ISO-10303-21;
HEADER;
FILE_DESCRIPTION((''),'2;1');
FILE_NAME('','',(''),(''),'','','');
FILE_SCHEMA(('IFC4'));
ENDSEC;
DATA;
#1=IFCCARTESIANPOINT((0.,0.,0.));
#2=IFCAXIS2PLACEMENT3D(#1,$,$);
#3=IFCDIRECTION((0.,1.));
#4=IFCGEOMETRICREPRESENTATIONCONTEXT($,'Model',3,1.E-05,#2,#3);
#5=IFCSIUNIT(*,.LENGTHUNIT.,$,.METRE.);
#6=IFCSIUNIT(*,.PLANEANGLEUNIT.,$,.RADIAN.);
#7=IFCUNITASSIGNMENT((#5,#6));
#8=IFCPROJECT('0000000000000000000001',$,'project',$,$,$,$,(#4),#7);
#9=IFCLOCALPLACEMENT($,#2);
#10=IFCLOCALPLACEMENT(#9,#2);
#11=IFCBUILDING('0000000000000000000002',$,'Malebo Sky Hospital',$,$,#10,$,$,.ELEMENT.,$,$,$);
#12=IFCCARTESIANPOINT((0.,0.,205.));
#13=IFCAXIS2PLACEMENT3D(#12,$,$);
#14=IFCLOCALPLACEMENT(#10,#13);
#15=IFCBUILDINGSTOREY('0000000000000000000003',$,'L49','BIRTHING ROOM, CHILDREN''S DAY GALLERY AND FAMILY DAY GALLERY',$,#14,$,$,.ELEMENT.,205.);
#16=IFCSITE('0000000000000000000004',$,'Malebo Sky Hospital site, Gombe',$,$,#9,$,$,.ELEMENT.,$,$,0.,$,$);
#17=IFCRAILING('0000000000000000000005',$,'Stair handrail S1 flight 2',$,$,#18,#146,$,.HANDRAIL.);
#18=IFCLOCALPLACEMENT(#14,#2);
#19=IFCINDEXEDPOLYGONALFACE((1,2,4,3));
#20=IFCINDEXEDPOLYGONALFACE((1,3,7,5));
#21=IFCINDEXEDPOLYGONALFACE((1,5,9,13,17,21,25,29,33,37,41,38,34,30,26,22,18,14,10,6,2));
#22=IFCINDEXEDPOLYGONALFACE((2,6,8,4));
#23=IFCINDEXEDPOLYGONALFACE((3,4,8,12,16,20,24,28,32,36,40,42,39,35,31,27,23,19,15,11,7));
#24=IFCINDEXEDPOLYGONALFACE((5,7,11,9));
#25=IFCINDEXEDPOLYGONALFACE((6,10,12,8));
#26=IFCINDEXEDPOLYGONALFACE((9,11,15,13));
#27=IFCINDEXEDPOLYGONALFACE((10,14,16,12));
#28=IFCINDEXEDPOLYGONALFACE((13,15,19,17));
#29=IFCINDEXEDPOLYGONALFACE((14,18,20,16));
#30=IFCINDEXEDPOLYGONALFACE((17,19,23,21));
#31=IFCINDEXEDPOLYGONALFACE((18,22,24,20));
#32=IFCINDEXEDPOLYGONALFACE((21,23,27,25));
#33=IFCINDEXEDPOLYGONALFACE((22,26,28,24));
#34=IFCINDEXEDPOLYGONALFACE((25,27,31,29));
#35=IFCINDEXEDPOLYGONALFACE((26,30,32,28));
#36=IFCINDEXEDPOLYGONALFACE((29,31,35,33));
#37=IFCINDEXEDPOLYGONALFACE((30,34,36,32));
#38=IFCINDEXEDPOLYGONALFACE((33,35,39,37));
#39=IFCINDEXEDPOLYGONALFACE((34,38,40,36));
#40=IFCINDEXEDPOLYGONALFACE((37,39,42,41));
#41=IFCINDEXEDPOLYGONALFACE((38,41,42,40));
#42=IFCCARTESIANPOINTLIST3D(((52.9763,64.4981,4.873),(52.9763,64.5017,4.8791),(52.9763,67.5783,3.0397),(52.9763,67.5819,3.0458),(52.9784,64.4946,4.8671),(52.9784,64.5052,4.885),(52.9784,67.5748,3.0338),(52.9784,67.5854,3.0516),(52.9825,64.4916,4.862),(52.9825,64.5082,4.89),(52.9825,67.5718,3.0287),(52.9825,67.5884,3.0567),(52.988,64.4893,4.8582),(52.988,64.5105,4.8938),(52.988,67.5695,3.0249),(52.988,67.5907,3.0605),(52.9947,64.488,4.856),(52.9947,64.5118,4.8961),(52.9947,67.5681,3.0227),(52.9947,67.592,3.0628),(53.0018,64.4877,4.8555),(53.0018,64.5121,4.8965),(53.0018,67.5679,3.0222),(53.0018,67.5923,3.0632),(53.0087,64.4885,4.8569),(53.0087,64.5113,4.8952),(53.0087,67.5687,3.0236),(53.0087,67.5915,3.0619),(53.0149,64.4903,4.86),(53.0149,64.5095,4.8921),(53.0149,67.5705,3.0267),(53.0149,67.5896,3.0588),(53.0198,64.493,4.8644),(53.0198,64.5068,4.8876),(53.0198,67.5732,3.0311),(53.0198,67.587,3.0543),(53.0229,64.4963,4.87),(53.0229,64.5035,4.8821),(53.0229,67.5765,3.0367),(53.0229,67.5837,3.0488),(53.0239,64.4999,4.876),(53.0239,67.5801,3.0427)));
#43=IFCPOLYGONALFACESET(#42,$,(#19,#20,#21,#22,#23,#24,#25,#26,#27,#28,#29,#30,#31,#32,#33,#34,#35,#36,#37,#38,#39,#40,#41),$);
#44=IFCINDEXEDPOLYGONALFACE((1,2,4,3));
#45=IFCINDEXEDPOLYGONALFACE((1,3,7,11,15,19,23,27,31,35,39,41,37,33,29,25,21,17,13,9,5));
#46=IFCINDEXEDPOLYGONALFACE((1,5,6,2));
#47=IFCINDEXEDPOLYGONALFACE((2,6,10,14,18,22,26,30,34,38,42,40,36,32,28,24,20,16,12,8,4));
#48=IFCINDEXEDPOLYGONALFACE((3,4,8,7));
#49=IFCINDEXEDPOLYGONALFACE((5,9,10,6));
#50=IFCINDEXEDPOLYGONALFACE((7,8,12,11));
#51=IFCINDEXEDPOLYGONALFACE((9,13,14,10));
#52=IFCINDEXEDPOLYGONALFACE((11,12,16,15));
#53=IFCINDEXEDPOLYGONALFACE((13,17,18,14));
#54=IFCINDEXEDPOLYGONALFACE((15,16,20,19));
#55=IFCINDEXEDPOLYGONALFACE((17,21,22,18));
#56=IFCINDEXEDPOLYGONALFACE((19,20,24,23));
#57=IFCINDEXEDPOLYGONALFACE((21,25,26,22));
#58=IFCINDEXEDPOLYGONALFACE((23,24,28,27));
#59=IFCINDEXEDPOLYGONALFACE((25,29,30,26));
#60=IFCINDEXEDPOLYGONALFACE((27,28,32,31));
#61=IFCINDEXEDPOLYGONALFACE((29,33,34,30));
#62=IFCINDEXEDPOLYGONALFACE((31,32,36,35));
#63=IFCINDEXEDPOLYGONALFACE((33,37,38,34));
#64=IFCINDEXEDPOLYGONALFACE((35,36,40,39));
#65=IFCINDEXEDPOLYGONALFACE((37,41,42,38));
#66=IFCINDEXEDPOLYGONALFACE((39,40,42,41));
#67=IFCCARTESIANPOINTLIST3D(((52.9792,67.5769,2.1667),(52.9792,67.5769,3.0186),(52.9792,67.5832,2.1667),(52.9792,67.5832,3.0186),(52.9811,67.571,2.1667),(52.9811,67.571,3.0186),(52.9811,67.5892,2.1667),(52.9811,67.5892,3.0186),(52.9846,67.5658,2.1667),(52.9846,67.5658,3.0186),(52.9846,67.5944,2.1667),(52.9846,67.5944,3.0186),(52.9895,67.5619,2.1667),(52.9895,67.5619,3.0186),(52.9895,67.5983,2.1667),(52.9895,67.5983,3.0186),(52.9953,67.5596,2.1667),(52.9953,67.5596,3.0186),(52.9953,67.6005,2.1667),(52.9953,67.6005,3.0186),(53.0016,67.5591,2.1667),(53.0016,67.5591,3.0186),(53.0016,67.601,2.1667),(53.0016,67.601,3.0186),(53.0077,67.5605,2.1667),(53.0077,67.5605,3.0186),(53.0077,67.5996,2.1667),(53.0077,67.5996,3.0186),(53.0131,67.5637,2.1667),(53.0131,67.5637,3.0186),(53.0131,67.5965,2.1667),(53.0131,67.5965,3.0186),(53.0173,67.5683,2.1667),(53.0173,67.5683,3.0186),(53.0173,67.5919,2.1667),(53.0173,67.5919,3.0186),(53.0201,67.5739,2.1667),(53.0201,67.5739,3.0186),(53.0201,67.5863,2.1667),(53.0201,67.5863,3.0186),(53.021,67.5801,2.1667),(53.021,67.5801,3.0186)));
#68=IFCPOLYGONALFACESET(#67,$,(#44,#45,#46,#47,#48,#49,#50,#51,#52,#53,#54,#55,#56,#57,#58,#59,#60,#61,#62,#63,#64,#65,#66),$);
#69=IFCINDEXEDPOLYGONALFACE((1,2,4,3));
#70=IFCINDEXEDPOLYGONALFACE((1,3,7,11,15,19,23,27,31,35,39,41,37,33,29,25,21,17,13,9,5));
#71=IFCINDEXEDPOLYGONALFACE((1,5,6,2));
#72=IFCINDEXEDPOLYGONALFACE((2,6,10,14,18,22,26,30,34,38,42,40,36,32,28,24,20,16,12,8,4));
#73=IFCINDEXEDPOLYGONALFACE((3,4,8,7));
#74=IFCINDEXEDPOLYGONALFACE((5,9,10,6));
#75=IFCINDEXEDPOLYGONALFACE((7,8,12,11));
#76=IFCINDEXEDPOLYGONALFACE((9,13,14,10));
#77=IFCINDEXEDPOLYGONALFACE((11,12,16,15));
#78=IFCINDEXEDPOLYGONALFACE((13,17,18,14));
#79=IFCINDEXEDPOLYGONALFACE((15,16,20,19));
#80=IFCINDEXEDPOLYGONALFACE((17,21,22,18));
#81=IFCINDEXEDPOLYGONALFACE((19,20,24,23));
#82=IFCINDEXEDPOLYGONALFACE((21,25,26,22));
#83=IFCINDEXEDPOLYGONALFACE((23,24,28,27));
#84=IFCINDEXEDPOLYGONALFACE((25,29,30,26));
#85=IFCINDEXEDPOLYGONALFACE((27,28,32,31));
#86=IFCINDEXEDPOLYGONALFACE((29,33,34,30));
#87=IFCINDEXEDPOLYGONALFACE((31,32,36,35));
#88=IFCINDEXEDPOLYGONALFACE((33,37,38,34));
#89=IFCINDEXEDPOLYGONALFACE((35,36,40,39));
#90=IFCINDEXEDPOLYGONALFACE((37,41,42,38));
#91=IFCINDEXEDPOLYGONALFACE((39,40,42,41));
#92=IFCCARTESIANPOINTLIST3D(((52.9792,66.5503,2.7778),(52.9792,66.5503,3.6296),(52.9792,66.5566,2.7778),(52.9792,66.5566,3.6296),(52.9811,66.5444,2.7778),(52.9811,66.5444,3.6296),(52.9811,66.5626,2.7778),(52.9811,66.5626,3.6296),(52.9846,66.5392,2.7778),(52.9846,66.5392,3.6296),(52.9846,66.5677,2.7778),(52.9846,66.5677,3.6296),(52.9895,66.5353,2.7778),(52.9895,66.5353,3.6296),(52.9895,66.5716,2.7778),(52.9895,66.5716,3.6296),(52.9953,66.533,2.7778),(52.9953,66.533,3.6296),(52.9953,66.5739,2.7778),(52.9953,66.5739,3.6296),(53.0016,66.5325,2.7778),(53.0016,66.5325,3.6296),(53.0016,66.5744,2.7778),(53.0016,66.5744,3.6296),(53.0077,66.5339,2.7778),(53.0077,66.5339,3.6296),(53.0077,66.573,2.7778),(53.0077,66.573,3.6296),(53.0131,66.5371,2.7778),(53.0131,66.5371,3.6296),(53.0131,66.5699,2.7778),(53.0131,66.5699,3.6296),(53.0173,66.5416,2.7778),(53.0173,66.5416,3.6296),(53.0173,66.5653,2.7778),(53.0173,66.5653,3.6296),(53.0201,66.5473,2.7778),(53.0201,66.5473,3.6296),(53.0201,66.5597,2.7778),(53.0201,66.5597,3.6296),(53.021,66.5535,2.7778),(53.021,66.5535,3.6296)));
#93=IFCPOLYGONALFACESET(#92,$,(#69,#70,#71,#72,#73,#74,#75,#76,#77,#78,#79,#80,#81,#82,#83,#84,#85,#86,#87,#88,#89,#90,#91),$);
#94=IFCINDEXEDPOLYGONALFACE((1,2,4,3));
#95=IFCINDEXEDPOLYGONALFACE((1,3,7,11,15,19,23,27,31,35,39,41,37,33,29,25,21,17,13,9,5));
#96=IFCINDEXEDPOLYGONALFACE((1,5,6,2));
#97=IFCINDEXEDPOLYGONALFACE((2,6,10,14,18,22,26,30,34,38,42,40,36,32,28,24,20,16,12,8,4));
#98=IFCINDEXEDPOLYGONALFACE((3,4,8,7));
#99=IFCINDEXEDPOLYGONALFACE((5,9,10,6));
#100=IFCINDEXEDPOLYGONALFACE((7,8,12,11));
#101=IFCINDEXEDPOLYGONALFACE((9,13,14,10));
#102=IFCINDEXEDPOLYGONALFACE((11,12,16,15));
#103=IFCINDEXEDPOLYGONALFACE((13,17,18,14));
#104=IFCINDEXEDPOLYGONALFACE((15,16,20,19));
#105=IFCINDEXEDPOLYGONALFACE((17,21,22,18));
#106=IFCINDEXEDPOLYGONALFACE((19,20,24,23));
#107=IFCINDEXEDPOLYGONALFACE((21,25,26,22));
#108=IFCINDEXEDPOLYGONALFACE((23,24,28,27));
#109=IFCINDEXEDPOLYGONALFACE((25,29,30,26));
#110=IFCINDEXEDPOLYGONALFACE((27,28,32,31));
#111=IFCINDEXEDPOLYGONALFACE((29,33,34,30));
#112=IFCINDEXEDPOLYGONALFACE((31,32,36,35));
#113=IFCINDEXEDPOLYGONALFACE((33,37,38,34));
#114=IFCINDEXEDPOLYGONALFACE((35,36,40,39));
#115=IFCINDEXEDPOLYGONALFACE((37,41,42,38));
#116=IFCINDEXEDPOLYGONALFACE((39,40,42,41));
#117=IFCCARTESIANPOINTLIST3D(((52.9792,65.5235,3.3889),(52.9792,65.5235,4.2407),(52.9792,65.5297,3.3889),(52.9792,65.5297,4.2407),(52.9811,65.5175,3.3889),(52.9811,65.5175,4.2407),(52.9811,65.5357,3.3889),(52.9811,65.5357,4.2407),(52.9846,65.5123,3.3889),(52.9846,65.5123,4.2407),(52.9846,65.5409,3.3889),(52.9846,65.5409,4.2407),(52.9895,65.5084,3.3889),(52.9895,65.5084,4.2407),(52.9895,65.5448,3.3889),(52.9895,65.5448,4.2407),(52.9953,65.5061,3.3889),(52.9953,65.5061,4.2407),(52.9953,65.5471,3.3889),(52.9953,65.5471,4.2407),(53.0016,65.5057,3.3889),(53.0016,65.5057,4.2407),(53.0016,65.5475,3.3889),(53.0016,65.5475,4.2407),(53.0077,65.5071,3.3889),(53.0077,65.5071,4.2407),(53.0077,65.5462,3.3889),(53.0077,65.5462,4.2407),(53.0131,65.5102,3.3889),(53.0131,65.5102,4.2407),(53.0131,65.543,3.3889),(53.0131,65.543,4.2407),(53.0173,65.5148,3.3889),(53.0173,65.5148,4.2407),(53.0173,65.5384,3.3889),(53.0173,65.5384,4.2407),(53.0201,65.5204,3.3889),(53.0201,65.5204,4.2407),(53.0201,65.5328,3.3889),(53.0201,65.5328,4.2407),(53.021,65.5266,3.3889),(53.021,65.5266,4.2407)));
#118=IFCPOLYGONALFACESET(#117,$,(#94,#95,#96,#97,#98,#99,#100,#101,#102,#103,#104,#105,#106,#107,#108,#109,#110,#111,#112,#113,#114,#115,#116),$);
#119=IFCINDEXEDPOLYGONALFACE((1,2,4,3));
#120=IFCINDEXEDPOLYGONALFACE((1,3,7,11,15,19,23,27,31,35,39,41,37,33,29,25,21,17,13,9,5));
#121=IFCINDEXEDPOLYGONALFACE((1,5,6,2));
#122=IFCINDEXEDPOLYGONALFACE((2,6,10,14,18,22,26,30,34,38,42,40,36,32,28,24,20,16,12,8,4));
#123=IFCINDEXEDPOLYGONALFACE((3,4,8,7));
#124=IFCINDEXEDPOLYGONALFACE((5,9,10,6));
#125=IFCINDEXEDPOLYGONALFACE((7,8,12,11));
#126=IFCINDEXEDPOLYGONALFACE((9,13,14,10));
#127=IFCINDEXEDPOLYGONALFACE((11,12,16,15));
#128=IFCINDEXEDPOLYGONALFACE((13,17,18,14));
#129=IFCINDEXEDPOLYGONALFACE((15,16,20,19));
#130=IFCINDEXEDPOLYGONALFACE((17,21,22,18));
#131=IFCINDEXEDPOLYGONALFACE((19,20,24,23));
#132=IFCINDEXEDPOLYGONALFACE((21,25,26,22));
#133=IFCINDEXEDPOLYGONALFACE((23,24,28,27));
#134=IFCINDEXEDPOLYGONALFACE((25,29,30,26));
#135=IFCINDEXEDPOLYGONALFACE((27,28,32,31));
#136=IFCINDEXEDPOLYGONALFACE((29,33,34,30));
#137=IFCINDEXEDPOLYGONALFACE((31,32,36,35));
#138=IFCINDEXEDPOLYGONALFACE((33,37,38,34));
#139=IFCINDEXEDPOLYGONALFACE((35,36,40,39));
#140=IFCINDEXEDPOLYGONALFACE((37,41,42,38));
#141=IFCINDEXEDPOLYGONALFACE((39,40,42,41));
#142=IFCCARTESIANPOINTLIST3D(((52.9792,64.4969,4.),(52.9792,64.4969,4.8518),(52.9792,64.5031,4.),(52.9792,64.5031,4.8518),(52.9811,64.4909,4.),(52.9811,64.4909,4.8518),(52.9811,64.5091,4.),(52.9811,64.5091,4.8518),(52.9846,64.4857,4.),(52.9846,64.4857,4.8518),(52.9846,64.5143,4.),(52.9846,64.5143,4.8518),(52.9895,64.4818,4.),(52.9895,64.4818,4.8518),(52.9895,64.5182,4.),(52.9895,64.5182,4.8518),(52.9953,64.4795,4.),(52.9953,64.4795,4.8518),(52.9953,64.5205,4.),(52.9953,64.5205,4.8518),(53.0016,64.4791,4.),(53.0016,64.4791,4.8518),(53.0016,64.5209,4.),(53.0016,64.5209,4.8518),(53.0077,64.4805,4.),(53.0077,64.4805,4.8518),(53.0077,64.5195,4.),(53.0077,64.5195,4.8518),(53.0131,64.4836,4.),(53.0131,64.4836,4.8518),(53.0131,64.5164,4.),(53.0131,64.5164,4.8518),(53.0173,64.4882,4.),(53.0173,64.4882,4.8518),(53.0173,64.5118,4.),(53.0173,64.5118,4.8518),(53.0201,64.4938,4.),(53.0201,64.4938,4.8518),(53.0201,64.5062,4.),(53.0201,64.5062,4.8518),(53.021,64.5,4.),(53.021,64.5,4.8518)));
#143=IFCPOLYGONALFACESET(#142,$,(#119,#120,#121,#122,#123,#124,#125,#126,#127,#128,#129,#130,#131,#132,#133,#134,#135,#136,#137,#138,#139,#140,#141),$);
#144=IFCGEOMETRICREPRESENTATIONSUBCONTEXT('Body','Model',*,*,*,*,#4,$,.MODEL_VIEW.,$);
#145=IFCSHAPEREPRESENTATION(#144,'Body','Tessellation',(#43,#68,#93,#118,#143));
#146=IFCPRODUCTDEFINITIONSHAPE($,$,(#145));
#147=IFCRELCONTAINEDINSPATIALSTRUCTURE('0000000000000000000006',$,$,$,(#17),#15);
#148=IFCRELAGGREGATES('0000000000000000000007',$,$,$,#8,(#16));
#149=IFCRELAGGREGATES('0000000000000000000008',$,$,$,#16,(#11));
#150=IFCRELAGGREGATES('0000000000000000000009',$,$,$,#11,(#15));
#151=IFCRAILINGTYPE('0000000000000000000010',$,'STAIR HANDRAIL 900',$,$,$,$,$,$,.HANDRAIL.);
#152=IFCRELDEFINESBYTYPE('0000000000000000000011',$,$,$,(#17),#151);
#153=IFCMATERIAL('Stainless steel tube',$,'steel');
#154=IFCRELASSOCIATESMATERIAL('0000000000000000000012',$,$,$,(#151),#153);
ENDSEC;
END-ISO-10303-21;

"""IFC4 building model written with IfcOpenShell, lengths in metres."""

from ifc_helpers import new_model, si_unit, direction, frame, origin, origin_2d, place, context, subcontext, project, spatial, circle, extrude, material, type_object, element, save


model = new_model("IFC4")

# Units and contexts
model_context = context("Model", 3, precision=1e-05, world=origin(), true_north=direction((0.0, 1.0)))
body_context = subcontext(model_context, "Body", "Model", "MODEL_VIEW")
ifc_project = project(units=[si_unit("LENGTHUNIT", "METRE"), si_unit("PLANEANGLEUNIT", "RADIAN")], contexts=[model_context])

# Site, building, storey
site_placement = place(None, origin())
site = spatial("IfcSite", under=ifc_project, at=site_placement, Name="Malebo Sky Hospital site, Gombe", CompositionType="ELEMENT", RefElevation=0.0)
building_placement = place(site_placement, origin())
building = spatial("IfcBuilding", under=site, at=building_placement, Name="Malebo Sky Hospital", CompositionType="ELEMENT")
storey_placement = place(building_placement, frame((0.0, 0.0, 205.0)))
storey = spatial("IfcBuildingStorey", under=building, at=storey_placement, Name="L49", Description="BIRTHING ROOM, CHILDREN'S DAY GALLERY AND FAMILY DAY GALLERY", CompositionType="ELEMENT", Elevation=205.0)

# Railing
ifc_material_1 = material(Name="Stainless steel tube", Category="steel")
railing_type = type_object("IfcRailingType", Name="STAIR HANDRAIL 900", PredefinedType="HANDRAIL", material=ifc_material_1)
railing_1_placement = place(storey_placement, frame((53.0, 67.5801, 2.1667)))
element("IfcRailing", 1, at=railing_1_placement, inside=storey, type_object=railing_type, Name="Stair handrail S1 flight 2", PredefinedType="HANDRAIL", context=body_context, shape_type="SweptSolid", body=[
    extrude(circle(Radius=0.0239, at=origin_2d()), frame((0.0, 0.0, 0.876), z_axis=(0.0, -0.859309, 0.511458), x_axis=(1.0, 0.0, 0.0)), (0.0, 0.0, 1.0), 3.5845),
    extrude(circle(Radius=0.021, at=origin_2d()), origin(), (0.0, 0.0, 1.0), 0.8518),
    extrude(circle(Radius=0.021, at=origin_2d()), frame((0.0, -1.0266, 0.6111)), (0.0, 0.0, 1.0), 0.8518),
    extrude(circle(Radius=0.021, at=origin_2d()), frame((0.0, -2.0535, 1.2222)), (0.0, 0.0, 1.0), 0.8518),
    extrude(circle(Radius=0.021, at=origin_2d()), frame((0.0, -3.0801, 1.8333)), (0.0, 0.0, 1.0), 0.8518),
])

save(model, "model.ifc")
